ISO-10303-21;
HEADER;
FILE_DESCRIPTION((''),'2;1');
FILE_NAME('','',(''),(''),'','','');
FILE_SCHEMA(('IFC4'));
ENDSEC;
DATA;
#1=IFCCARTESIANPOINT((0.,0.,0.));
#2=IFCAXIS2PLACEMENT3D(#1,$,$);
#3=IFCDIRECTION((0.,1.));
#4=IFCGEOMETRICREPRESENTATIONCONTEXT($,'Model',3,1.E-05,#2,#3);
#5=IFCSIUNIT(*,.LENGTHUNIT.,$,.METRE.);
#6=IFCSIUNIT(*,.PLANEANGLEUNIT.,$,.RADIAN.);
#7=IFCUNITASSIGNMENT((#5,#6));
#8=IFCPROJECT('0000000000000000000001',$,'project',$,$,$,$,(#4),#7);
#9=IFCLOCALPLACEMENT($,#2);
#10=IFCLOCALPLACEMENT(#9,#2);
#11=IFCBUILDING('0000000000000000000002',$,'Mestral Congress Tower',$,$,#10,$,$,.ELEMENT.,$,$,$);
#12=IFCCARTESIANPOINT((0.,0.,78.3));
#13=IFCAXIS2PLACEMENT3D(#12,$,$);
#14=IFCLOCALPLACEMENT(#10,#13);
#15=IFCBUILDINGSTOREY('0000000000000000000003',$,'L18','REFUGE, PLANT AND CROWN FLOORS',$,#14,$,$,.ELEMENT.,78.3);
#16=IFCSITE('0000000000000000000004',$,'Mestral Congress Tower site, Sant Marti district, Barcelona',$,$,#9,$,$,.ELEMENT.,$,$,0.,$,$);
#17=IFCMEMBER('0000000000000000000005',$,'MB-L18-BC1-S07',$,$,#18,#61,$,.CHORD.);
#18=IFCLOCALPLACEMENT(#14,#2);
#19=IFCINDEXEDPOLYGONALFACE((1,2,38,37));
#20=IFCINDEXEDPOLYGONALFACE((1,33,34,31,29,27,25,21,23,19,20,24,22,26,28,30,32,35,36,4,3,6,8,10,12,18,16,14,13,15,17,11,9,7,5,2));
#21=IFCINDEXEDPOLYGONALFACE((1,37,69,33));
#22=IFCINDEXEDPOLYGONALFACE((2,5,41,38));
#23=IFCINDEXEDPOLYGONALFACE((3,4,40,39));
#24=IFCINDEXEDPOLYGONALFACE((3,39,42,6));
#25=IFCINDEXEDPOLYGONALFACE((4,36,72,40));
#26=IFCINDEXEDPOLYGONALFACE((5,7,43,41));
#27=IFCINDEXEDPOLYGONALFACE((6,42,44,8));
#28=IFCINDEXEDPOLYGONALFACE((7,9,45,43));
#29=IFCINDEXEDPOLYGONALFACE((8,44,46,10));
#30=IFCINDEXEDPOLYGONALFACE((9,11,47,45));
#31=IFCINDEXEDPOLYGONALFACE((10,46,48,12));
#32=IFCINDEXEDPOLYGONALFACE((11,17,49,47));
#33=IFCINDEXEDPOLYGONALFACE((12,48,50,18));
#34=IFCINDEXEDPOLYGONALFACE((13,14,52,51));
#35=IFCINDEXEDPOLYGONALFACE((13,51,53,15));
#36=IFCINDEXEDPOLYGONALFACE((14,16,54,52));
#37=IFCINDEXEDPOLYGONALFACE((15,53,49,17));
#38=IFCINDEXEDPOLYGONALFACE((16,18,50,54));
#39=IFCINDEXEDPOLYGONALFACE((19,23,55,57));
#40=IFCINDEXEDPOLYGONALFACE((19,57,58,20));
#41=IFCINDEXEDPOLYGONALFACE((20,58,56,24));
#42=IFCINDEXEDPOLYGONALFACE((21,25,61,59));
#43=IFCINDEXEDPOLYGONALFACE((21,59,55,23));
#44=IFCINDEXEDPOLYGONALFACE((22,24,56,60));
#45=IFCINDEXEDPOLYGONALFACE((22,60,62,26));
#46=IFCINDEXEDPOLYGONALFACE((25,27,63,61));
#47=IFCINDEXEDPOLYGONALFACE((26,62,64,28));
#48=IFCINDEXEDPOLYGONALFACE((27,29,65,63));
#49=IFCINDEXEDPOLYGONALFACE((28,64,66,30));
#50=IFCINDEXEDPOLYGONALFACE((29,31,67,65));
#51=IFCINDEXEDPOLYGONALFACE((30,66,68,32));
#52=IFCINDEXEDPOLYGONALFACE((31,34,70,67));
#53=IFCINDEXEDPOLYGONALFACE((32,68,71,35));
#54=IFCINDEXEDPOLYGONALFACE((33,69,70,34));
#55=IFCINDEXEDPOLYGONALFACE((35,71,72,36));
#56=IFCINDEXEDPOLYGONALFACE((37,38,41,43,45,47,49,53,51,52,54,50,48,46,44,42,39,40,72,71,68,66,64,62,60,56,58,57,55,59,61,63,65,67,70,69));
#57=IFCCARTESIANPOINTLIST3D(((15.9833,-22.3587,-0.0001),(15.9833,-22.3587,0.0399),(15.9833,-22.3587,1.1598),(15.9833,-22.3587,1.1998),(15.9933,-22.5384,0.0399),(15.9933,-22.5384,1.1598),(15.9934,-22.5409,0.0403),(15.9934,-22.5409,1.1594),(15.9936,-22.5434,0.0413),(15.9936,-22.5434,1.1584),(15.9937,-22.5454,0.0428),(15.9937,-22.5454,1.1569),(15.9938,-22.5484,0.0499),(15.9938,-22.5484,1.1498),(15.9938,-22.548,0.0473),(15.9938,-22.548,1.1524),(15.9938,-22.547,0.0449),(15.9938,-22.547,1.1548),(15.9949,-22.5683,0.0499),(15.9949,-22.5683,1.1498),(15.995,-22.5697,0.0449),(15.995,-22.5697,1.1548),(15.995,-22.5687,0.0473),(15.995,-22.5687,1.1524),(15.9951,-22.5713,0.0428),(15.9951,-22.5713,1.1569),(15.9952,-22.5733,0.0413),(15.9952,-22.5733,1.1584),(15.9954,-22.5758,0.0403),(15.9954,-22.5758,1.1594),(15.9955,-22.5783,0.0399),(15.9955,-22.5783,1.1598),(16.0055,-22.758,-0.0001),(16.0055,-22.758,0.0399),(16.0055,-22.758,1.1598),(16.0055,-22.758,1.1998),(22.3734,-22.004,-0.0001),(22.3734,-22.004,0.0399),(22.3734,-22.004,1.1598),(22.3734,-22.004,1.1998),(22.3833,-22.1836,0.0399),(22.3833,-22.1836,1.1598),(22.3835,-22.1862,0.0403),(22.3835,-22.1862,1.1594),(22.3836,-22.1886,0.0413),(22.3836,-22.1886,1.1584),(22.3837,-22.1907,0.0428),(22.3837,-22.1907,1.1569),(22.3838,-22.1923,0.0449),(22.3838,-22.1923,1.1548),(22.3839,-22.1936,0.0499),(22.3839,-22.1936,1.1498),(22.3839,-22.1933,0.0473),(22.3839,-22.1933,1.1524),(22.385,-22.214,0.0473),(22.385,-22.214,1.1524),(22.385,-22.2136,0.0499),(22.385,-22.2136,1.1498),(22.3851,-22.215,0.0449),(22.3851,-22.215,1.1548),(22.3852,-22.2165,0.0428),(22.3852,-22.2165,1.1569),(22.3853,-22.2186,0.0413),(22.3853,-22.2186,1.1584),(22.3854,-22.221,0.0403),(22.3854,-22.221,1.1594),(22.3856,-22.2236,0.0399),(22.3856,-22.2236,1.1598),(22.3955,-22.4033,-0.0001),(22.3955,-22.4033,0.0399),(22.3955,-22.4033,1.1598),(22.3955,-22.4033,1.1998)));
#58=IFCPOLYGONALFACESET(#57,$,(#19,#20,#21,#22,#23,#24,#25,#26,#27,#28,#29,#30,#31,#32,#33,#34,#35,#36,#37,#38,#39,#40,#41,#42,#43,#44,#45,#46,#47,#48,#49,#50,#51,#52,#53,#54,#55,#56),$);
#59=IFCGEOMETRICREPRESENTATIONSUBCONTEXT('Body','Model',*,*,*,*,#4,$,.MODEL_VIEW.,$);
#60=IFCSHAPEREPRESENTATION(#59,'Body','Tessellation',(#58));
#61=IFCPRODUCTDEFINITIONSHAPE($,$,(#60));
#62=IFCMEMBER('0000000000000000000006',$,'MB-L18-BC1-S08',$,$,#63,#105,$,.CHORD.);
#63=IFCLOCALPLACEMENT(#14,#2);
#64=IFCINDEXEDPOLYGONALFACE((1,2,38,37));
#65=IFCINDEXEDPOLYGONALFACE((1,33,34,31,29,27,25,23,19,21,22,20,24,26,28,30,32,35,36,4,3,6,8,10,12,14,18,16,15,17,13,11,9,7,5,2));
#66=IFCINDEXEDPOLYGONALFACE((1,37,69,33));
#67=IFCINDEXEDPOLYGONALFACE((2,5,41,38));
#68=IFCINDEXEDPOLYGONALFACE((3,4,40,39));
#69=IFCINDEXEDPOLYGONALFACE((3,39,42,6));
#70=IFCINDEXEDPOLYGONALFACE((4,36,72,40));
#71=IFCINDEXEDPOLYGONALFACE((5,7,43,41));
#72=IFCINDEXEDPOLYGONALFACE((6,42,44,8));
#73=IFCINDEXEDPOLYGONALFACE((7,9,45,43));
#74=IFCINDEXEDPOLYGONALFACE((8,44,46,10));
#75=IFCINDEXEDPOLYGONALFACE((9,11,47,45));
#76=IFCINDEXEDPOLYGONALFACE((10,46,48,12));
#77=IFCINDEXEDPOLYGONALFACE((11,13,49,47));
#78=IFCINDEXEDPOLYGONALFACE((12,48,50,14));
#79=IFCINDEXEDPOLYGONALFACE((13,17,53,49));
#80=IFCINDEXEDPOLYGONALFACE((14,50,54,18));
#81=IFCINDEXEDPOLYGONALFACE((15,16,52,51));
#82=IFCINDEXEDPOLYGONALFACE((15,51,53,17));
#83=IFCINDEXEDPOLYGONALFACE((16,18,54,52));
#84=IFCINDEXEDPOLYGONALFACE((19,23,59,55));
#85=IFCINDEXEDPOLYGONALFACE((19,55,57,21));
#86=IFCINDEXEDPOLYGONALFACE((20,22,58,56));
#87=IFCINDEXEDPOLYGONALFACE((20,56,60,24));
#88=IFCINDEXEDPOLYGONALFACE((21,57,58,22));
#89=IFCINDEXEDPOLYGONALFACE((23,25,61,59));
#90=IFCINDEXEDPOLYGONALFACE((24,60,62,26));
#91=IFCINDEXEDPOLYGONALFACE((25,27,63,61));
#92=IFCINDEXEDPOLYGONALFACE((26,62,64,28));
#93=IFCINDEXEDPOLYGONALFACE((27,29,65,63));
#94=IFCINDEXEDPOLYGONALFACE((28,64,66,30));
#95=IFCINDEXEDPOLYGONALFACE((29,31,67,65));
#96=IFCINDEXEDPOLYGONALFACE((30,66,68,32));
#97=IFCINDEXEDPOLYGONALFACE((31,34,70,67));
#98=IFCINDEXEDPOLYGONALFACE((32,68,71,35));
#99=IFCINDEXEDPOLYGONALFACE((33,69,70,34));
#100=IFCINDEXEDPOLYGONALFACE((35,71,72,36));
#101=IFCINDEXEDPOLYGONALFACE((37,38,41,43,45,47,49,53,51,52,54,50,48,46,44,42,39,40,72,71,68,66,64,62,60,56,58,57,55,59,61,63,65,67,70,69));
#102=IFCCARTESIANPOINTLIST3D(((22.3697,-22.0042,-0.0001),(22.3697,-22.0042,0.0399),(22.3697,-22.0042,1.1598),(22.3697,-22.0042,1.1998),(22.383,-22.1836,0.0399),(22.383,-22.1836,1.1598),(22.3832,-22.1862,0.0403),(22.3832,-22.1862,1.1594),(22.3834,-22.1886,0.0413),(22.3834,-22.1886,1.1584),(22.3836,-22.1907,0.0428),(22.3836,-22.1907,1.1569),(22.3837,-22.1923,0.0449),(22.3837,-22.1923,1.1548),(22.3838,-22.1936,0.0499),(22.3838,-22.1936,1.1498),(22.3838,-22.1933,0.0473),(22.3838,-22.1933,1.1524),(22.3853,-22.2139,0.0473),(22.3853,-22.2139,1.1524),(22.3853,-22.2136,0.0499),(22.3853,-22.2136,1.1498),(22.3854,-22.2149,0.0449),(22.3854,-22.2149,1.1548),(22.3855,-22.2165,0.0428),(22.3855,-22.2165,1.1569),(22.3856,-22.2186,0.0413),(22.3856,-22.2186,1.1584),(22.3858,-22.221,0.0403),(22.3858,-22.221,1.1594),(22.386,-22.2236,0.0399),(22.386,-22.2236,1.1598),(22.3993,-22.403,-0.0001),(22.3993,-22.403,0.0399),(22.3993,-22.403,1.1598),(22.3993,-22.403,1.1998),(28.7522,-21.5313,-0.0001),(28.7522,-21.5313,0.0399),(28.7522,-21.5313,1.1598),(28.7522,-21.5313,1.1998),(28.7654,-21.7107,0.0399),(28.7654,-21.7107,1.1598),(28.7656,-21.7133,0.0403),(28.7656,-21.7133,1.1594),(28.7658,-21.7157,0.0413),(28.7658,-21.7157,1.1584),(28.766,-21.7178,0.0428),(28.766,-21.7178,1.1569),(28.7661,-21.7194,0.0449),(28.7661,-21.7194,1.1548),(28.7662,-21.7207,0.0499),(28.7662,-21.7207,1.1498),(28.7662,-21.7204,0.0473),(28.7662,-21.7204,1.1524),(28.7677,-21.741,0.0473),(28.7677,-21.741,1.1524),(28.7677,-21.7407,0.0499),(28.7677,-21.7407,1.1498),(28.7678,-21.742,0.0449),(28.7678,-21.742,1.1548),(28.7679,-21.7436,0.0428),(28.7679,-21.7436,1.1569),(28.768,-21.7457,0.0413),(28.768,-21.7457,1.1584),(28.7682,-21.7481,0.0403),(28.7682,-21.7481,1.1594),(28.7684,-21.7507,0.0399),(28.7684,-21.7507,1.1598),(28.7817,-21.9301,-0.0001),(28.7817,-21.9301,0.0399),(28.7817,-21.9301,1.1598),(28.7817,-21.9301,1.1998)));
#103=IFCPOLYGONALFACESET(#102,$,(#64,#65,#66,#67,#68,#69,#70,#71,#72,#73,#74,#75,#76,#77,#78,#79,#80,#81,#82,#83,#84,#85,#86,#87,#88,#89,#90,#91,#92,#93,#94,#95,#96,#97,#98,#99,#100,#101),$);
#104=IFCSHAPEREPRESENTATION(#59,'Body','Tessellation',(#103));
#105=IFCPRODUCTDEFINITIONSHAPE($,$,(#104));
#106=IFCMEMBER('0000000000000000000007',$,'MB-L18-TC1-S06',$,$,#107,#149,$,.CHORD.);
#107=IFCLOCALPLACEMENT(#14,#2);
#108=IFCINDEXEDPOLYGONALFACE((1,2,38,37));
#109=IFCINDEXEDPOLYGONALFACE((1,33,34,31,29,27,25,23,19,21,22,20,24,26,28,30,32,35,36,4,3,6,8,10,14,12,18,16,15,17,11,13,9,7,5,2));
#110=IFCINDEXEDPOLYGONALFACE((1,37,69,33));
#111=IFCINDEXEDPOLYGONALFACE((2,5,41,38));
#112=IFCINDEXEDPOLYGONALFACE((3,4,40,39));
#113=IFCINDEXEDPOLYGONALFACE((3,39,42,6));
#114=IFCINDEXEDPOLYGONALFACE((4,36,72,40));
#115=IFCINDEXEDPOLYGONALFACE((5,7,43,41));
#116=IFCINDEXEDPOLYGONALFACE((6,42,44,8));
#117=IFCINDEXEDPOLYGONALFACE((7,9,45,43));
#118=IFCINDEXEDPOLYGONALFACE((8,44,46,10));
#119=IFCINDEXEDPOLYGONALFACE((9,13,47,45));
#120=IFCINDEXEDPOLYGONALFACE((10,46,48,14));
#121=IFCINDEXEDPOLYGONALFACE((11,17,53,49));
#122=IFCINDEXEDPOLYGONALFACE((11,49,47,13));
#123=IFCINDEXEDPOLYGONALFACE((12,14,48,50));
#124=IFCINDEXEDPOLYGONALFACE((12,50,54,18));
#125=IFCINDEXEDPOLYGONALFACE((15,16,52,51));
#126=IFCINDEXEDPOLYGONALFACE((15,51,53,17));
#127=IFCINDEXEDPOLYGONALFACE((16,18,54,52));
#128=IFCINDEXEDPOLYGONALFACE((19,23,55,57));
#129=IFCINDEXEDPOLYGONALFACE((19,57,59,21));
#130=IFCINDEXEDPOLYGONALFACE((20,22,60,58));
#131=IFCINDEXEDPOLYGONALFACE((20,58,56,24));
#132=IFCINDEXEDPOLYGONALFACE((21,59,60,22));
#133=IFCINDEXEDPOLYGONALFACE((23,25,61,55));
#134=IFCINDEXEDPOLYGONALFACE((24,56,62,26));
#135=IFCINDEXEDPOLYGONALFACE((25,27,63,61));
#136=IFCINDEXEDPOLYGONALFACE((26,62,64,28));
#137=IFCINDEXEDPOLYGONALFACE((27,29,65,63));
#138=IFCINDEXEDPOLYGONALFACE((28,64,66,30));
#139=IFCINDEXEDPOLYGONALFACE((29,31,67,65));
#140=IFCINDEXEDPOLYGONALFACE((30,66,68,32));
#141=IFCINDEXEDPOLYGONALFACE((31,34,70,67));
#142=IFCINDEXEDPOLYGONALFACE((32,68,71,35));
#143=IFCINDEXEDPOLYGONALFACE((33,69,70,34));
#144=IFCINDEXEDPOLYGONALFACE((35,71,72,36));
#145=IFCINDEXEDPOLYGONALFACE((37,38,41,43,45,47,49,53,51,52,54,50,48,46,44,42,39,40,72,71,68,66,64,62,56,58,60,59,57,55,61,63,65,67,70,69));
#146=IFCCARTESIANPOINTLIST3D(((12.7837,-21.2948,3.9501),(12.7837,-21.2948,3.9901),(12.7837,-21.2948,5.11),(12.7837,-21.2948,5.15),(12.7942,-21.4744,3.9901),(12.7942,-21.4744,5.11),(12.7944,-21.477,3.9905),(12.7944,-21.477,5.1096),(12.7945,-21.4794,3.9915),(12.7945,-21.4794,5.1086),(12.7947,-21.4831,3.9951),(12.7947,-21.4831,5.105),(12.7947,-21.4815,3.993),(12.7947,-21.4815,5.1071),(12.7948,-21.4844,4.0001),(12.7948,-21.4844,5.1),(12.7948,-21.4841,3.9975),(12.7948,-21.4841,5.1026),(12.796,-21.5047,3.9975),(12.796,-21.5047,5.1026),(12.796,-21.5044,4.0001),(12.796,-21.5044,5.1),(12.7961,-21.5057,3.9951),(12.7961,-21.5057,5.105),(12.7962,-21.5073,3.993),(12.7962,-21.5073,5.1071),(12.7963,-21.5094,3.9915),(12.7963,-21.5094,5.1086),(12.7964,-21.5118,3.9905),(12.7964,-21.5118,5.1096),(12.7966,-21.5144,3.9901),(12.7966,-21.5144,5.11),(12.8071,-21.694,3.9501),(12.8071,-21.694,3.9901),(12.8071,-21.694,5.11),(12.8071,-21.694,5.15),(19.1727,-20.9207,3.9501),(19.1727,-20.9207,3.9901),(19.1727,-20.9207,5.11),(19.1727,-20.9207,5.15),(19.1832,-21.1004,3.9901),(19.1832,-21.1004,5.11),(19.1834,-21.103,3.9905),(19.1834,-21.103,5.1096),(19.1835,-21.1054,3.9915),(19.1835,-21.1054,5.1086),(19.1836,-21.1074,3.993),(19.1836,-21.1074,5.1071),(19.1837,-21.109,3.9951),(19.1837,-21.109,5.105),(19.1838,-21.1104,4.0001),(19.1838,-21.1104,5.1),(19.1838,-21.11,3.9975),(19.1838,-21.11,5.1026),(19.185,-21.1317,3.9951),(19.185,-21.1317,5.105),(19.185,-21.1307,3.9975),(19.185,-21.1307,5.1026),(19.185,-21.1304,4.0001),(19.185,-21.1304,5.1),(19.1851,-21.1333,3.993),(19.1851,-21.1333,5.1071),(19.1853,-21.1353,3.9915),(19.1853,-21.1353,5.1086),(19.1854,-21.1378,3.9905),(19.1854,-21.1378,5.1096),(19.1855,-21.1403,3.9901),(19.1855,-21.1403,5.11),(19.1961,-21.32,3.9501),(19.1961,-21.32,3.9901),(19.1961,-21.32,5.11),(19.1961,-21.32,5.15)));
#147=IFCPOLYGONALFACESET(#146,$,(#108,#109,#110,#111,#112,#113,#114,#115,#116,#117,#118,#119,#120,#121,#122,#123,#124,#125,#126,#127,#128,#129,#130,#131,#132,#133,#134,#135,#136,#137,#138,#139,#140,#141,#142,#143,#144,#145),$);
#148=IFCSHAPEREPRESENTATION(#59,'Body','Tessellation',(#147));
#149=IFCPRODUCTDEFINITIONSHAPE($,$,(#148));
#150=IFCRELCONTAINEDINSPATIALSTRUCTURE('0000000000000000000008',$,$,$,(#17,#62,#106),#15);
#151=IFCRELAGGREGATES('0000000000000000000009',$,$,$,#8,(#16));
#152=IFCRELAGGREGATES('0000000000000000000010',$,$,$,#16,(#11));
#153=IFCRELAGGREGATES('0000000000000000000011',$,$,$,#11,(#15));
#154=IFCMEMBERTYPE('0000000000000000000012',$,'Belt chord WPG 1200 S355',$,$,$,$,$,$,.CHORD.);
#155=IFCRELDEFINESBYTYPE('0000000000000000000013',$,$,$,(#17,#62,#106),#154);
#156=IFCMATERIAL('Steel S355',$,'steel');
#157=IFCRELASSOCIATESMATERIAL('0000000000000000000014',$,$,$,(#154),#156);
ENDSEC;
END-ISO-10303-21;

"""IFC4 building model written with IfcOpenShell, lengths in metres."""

from ifc_helpers import new_model, si_unit, direction, frame, origin, origin_2d, place, context, subcontext, project, spatial, i_section, extrude, material, material_profile, profile_set, type_object, element, save


model = new_model("IFC4")

# Units and contexts
model_context = context("Model", 3, precision=1e-05, world=origin(), true_north=direction((0.0, 1.0)))
body_context = subcontext(model_context, "Body", "Model", "MODEL_VIEW")
ifc_project = project(units=[si_unit("LENGTHUNIT", "METRE"), si_unit("PLANEANGLEUNIT", "RADIAN")], contexts=[model_context])

# Site, building, storey
site_placement = place(None, origin())
site = spatial("IfcSite", under=ifc_project, at=site_placement, Name="Mestral Congress Tower site, Sant Marti district, Barcelona", CompositionType="ELEMENT", RefElevation=0.0)
building_placement = place(site_placement, origin())
building = spatial("IfcBuilding", under=site, at=building_placement, Name="Mestral Congress Tower", CompositionType="ELEMENT")
storey_placement = place(building_placement, frame((0.0, 0.0, 78.3)))
storey = spatial("IfcBuildingStorey", under=building, at=storey_placement, Name="L18", Description="REFUGE, PLANT AND CROWN FLOORS", CompositionType="ELEMENT", Elevation=78.3)

# Members
ifc_material_1 = material(Name="Steel S355", Category="steel")
ifc_material_profile_1 = material_profile(ifc_material_1, i_section(OverallWidth=0.3999, OverallDepth=1.2, WebThickness=0.02, FlangeThickness=0.04, FilletRadius=0.01, at=origin_2d()), Name="WPG 1200")
ifc_profile_set_1 = profile_set([ifc_material_profile_1], Name="Steel S355")
member_type_1 = type_object("IfcMemberType", Name="Belt chord WPG 1200 S355", PredefinedType="CHORD", material=ifc_profile_set_1)
for number, where, z_axis, x_axis, name in (
    (1, (15.9944, -22.5583, 0.5999), (0.998463, 0.055428, 0.0), (-0.055428, 0.998463, 0.0), "MB-L18-BC1-S07"),
    (2, (22.3845, -22.2036, 0.5999), (0.997266, 0.073893, 0.0), (-0.073893, 0.997266, 0.0), "MB-L18-BC1-S08"),
    (3, (12.7954, -21.4944, 4.55), (0.998291, 0.058442, 0.0), (-0.058442, 0.998291, 0.0), "MB-L18-TC1-S06"),
):
    element("IfcMember", number, at=place(storey_placement, frame(where, z_axis=z_axis, x_axis=x_axis)), inside=storey, type_object=member_type_1, Name=name, PredefinedType="CHORD", context=body_context, shape_type="SweptSolid", body=[
        extrude(i_section(OverallWidth=0.3999, OverallDepth=1.2, WebThickness=0.02, FlangeThickness=0.04, FilletRadius=0.01, at=origin_2d()), origin(), (0.0, 0.0, 1.0), 6.3999),
    ])

save(model, "model.ifc")
